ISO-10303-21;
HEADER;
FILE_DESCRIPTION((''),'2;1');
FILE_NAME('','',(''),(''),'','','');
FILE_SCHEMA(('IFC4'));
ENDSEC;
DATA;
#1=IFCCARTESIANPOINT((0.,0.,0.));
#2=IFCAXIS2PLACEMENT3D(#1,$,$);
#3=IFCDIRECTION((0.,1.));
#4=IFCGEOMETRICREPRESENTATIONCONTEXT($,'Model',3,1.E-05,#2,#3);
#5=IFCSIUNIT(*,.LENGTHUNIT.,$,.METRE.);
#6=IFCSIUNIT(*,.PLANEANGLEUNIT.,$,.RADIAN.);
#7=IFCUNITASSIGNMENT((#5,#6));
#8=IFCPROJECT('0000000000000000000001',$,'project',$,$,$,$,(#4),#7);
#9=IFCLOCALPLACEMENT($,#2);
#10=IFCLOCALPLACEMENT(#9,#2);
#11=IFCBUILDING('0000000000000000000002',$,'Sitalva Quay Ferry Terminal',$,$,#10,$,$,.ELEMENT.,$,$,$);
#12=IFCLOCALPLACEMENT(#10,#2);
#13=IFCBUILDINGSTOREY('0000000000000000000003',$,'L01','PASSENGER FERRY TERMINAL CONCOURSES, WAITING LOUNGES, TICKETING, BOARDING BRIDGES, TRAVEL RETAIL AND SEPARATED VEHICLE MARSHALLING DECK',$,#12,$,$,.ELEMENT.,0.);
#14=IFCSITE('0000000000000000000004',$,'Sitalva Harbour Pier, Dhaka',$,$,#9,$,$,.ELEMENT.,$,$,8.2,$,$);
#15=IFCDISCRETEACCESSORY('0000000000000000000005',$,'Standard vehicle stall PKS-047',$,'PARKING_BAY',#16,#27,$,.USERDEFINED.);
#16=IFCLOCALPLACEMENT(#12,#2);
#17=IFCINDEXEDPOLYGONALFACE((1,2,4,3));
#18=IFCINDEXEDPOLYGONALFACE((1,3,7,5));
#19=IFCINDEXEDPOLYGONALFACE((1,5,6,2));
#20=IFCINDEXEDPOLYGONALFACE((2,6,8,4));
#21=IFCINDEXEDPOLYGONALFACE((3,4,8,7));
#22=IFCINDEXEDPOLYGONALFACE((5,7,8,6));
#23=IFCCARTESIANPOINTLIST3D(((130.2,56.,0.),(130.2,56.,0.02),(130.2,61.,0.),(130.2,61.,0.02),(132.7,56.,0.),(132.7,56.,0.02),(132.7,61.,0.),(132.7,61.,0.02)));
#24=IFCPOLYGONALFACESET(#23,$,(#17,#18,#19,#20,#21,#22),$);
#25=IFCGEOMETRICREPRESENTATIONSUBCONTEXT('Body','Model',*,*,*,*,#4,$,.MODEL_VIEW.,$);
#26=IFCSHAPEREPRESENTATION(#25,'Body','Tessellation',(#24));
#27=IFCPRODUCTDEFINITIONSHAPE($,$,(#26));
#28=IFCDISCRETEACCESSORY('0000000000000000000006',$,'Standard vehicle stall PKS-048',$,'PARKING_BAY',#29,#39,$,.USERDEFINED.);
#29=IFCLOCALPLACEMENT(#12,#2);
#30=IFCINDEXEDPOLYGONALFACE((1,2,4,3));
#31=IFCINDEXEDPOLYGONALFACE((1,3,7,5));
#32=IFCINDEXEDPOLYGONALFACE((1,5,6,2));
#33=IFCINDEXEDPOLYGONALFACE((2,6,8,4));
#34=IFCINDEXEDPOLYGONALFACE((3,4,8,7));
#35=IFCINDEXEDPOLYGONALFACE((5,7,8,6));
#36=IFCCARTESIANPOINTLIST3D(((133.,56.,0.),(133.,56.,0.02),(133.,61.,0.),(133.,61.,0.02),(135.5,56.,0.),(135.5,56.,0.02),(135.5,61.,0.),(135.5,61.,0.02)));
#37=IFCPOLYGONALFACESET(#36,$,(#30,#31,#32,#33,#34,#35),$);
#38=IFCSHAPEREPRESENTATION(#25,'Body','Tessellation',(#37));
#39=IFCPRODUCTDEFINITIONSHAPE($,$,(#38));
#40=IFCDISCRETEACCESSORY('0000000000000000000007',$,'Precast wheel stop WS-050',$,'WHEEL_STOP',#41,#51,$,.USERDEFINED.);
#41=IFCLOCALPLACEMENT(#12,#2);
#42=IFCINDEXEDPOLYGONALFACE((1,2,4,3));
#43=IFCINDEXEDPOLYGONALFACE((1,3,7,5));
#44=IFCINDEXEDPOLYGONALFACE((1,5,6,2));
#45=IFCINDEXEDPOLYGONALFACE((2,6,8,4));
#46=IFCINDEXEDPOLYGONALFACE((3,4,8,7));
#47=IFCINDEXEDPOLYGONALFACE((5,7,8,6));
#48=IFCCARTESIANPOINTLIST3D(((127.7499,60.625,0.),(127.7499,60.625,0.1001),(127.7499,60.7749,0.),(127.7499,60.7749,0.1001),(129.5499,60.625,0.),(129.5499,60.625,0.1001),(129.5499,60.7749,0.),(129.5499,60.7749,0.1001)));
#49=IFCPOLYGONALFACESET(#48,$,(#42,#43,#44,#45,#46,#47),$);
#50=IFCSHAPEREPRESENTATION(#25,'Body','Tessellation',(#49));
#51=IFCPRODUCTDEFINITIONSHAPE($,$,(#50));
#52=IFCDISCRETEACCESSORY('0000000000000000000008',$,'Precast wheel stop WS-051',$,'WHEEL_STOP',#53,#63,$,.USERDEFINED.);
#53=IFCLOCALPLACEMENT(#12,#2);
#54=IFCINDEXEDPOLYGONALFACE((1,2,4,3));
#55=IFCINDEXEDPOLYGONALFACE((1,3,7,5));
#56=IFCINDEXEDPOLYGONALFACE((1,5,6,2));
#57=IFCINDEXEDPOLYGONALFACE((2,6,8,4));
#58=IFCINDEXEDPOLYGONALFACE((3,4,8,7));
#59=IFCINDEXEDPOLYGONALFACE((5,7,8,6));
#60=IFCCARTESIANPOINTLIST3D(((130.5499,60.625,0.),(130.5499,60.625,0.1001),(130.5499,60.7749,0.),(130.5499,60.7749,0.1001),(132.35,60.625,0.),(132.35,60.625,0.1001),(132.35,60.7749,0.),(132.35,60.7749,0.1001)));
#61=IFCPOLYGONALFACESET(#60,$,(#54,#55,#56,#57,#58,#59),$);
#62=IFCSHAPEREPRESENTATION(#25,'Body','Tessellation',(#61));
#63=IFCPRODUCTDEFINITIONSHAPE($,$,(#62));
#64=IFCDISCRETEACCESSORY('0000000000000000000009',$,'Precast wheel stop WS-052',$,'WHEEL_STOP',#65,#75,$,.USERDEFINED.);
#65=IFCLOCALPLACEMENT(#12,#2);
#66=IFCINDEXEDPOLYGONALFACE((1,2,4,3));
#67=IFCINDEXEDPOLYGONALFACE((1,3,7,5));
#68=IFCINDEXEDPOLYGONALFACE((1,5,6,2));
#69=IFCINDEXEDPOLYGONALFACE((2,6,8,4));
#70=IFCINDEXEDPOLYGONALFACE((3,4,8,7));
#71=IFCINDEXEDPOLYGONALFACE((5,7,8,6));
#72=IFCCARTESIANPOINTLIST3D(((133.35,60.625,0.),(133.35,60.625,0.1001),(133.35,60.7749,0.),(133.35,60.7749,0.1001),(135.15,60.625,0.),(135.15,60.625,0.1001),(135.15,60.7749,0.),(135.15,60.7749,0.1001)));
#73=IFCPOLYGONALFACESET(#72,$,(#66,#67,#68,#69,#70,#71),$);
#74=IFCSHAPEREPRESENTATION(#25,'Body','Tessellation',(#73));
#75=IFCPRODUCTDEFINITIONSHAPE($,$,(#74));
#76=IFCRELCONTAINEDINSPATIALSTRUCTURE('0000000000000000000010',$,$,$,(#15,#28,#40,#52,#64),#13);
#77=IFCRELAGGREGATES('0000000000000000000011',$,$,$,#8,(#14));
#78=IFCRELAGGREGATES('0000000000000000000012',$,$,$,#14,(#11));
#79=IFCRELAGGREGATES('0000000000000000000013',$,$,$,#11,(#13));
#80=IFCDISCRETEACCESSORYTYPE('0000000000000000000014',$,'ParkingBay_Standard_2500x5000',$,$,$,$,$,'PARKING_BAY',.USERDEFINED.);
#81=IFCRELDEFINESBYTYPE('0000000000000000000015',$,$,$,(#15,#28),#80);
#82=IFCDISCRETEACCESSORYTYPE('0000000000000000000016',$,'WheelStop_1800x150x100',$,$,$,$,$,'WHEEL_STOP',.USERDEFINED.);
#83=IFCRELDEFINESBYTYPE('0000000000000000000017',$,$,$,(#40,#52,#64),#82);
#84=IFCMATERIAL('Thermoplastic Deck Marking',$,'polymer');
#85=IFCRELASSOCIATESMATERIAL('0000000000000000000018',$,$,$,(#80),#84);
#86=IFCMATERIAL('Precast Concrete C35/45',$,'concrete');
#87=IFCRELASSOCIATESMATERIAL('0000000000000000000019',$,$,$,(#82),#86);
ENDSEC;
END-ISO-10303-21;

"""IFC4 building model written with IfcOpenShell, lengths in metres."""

from ifc_helpers import new_model, si_unit, direction, frame, origin, origin_2d, place, context, subcontext, project, spatial, rectangle, extrude, material, type_object, element, save


model = new_model("IFC4")

# Units and contexts
model_context = context("Model", 3, precision=1e-05, world=origin(), true_north=direction((0.0, 1.0)))
body_context = subcontext(model_context, "Body", "Model", "MODEL_VIEW")
ifc_project = project(units=[si_unit("LENGTHUNIT", "METRE"), si_unit("PLANEANGLEUNIT", "RADIAN")], contexts=[model_context])

# Site, building, storey
site_placement = place(None, origin())
site = spatial("IfcSite", under=ifc_project, at=site_placement, Name="Sitalva Harbour Pier, Dhaka", CompositionType="ELEMENT", RefElevation=8.2)
building_placement = place(site_placement, origin())
building = spatial("IfcBuilding", under=site, at=building_placement, Name="Sitalva Quay Ferry Terminal", CompositionType="ELEMENT")
storey_placement = place(building_placement, origin())
storey = spatial("IfcBuildingStorey", under=building, at=storey_placement, Name="L01", Description="PASSENGER FERRY TERMINAL CONCOURSES, WAITING LOUNGES, TICKETING, BOARDING BRIDGES, TRAVEL RETAIL AND SEPARATED VEHICLE MARSHALLING DECK", CompositionType="ELEMENT", Elevation=0.0)

# Discrete accessories
ifc_material_1 = material(Name="Thermoplastic Deck Marking", Category="polymer")
discrete_accessory_type_1 = type_object("IfcDiscreteAccessoryType", Name="ParkingBay_Standard_2500x5000", ElementType="PARKING_BAY", PredefinedType="USERDEFINED", material=ifc_material_1)
for number, where, z_axis, x_axis, name in (
    (1, (131.45, 58.5, 0.0), (0.0, 0.0, 1.0), (1.0, 0.0, 0.0), "Standard vehicle stall PKS-047"),
    (2, (134.25, 58.5, 0.0), (0.0, 0.0, 1.0), (1.0, 0.0, 0.0), "Standard vehicle stall PKS-048"),
):
    element("IfcDiscreteAccessory", number, at=place(storey_placement, frame(where, z_axis=z_axis, x_axis=x_axis)), inside=storey, type_object=discrete_accessory_type_1, Name=name, ObjectType="PARKING_BAY", PredefinedType="USERDEFINED", context=body_context, shape_type="SweptSolid", body=[
        extrude(rectangle(XDim=2.5, YDim=5.0, at=origin_2d()), origin(), (0.0, 0.0, 1.0), 0.02),
    ])
ifc_material_2 = material(Name="Precast Concrete C35/45", Category="concrete")
discrete_accessory_type_2 = type_object("IfcDiscreteAccessoryType", Name="WheelStop_1800x150x100", ElementType="WHEEL_STOP", PredefinedType="USERDEFINED", material=ifc_material_2)
for number, where, z_axis, x_axis, name in (
    (3, (128.6499, 60.7, 0.0), (0.0, 0.0, 1.0), (1.0, 0.0, 0.0), "Precast wheel stop WS-050"),
    (4, (131.45, 60.7, 0.0), (0.0, 0.0, 1.0), (1.0, 0.0, 0.0), "Precast wheel stop WS-051"),
    (5, (134.25, 60.7, 0.0), (0.0, 0.0, 1.0), (1.0, 0.0, 0.0), "Precast wheel stop WS-052"),
):
    element("IfcDiscreteAccessory", number, at=place(storey_placement, frame(where, z_axis=z_axis, x_axis=x_axis)), inside=storey, type_object=discrete_accessory_type_2, Name=name, ObjectType="WHEEL_STOP", PredefinedType="USERDEFINED", context=body_context, shape_type="SweptSolid", body=[
        extrude(rectangle(XDim=1.8, YDim=0.1499, at=origin_2d()), origin(), (0.0, 0.0, 1.0), 0.1001),
    ])

save(model, "model.ifc")
